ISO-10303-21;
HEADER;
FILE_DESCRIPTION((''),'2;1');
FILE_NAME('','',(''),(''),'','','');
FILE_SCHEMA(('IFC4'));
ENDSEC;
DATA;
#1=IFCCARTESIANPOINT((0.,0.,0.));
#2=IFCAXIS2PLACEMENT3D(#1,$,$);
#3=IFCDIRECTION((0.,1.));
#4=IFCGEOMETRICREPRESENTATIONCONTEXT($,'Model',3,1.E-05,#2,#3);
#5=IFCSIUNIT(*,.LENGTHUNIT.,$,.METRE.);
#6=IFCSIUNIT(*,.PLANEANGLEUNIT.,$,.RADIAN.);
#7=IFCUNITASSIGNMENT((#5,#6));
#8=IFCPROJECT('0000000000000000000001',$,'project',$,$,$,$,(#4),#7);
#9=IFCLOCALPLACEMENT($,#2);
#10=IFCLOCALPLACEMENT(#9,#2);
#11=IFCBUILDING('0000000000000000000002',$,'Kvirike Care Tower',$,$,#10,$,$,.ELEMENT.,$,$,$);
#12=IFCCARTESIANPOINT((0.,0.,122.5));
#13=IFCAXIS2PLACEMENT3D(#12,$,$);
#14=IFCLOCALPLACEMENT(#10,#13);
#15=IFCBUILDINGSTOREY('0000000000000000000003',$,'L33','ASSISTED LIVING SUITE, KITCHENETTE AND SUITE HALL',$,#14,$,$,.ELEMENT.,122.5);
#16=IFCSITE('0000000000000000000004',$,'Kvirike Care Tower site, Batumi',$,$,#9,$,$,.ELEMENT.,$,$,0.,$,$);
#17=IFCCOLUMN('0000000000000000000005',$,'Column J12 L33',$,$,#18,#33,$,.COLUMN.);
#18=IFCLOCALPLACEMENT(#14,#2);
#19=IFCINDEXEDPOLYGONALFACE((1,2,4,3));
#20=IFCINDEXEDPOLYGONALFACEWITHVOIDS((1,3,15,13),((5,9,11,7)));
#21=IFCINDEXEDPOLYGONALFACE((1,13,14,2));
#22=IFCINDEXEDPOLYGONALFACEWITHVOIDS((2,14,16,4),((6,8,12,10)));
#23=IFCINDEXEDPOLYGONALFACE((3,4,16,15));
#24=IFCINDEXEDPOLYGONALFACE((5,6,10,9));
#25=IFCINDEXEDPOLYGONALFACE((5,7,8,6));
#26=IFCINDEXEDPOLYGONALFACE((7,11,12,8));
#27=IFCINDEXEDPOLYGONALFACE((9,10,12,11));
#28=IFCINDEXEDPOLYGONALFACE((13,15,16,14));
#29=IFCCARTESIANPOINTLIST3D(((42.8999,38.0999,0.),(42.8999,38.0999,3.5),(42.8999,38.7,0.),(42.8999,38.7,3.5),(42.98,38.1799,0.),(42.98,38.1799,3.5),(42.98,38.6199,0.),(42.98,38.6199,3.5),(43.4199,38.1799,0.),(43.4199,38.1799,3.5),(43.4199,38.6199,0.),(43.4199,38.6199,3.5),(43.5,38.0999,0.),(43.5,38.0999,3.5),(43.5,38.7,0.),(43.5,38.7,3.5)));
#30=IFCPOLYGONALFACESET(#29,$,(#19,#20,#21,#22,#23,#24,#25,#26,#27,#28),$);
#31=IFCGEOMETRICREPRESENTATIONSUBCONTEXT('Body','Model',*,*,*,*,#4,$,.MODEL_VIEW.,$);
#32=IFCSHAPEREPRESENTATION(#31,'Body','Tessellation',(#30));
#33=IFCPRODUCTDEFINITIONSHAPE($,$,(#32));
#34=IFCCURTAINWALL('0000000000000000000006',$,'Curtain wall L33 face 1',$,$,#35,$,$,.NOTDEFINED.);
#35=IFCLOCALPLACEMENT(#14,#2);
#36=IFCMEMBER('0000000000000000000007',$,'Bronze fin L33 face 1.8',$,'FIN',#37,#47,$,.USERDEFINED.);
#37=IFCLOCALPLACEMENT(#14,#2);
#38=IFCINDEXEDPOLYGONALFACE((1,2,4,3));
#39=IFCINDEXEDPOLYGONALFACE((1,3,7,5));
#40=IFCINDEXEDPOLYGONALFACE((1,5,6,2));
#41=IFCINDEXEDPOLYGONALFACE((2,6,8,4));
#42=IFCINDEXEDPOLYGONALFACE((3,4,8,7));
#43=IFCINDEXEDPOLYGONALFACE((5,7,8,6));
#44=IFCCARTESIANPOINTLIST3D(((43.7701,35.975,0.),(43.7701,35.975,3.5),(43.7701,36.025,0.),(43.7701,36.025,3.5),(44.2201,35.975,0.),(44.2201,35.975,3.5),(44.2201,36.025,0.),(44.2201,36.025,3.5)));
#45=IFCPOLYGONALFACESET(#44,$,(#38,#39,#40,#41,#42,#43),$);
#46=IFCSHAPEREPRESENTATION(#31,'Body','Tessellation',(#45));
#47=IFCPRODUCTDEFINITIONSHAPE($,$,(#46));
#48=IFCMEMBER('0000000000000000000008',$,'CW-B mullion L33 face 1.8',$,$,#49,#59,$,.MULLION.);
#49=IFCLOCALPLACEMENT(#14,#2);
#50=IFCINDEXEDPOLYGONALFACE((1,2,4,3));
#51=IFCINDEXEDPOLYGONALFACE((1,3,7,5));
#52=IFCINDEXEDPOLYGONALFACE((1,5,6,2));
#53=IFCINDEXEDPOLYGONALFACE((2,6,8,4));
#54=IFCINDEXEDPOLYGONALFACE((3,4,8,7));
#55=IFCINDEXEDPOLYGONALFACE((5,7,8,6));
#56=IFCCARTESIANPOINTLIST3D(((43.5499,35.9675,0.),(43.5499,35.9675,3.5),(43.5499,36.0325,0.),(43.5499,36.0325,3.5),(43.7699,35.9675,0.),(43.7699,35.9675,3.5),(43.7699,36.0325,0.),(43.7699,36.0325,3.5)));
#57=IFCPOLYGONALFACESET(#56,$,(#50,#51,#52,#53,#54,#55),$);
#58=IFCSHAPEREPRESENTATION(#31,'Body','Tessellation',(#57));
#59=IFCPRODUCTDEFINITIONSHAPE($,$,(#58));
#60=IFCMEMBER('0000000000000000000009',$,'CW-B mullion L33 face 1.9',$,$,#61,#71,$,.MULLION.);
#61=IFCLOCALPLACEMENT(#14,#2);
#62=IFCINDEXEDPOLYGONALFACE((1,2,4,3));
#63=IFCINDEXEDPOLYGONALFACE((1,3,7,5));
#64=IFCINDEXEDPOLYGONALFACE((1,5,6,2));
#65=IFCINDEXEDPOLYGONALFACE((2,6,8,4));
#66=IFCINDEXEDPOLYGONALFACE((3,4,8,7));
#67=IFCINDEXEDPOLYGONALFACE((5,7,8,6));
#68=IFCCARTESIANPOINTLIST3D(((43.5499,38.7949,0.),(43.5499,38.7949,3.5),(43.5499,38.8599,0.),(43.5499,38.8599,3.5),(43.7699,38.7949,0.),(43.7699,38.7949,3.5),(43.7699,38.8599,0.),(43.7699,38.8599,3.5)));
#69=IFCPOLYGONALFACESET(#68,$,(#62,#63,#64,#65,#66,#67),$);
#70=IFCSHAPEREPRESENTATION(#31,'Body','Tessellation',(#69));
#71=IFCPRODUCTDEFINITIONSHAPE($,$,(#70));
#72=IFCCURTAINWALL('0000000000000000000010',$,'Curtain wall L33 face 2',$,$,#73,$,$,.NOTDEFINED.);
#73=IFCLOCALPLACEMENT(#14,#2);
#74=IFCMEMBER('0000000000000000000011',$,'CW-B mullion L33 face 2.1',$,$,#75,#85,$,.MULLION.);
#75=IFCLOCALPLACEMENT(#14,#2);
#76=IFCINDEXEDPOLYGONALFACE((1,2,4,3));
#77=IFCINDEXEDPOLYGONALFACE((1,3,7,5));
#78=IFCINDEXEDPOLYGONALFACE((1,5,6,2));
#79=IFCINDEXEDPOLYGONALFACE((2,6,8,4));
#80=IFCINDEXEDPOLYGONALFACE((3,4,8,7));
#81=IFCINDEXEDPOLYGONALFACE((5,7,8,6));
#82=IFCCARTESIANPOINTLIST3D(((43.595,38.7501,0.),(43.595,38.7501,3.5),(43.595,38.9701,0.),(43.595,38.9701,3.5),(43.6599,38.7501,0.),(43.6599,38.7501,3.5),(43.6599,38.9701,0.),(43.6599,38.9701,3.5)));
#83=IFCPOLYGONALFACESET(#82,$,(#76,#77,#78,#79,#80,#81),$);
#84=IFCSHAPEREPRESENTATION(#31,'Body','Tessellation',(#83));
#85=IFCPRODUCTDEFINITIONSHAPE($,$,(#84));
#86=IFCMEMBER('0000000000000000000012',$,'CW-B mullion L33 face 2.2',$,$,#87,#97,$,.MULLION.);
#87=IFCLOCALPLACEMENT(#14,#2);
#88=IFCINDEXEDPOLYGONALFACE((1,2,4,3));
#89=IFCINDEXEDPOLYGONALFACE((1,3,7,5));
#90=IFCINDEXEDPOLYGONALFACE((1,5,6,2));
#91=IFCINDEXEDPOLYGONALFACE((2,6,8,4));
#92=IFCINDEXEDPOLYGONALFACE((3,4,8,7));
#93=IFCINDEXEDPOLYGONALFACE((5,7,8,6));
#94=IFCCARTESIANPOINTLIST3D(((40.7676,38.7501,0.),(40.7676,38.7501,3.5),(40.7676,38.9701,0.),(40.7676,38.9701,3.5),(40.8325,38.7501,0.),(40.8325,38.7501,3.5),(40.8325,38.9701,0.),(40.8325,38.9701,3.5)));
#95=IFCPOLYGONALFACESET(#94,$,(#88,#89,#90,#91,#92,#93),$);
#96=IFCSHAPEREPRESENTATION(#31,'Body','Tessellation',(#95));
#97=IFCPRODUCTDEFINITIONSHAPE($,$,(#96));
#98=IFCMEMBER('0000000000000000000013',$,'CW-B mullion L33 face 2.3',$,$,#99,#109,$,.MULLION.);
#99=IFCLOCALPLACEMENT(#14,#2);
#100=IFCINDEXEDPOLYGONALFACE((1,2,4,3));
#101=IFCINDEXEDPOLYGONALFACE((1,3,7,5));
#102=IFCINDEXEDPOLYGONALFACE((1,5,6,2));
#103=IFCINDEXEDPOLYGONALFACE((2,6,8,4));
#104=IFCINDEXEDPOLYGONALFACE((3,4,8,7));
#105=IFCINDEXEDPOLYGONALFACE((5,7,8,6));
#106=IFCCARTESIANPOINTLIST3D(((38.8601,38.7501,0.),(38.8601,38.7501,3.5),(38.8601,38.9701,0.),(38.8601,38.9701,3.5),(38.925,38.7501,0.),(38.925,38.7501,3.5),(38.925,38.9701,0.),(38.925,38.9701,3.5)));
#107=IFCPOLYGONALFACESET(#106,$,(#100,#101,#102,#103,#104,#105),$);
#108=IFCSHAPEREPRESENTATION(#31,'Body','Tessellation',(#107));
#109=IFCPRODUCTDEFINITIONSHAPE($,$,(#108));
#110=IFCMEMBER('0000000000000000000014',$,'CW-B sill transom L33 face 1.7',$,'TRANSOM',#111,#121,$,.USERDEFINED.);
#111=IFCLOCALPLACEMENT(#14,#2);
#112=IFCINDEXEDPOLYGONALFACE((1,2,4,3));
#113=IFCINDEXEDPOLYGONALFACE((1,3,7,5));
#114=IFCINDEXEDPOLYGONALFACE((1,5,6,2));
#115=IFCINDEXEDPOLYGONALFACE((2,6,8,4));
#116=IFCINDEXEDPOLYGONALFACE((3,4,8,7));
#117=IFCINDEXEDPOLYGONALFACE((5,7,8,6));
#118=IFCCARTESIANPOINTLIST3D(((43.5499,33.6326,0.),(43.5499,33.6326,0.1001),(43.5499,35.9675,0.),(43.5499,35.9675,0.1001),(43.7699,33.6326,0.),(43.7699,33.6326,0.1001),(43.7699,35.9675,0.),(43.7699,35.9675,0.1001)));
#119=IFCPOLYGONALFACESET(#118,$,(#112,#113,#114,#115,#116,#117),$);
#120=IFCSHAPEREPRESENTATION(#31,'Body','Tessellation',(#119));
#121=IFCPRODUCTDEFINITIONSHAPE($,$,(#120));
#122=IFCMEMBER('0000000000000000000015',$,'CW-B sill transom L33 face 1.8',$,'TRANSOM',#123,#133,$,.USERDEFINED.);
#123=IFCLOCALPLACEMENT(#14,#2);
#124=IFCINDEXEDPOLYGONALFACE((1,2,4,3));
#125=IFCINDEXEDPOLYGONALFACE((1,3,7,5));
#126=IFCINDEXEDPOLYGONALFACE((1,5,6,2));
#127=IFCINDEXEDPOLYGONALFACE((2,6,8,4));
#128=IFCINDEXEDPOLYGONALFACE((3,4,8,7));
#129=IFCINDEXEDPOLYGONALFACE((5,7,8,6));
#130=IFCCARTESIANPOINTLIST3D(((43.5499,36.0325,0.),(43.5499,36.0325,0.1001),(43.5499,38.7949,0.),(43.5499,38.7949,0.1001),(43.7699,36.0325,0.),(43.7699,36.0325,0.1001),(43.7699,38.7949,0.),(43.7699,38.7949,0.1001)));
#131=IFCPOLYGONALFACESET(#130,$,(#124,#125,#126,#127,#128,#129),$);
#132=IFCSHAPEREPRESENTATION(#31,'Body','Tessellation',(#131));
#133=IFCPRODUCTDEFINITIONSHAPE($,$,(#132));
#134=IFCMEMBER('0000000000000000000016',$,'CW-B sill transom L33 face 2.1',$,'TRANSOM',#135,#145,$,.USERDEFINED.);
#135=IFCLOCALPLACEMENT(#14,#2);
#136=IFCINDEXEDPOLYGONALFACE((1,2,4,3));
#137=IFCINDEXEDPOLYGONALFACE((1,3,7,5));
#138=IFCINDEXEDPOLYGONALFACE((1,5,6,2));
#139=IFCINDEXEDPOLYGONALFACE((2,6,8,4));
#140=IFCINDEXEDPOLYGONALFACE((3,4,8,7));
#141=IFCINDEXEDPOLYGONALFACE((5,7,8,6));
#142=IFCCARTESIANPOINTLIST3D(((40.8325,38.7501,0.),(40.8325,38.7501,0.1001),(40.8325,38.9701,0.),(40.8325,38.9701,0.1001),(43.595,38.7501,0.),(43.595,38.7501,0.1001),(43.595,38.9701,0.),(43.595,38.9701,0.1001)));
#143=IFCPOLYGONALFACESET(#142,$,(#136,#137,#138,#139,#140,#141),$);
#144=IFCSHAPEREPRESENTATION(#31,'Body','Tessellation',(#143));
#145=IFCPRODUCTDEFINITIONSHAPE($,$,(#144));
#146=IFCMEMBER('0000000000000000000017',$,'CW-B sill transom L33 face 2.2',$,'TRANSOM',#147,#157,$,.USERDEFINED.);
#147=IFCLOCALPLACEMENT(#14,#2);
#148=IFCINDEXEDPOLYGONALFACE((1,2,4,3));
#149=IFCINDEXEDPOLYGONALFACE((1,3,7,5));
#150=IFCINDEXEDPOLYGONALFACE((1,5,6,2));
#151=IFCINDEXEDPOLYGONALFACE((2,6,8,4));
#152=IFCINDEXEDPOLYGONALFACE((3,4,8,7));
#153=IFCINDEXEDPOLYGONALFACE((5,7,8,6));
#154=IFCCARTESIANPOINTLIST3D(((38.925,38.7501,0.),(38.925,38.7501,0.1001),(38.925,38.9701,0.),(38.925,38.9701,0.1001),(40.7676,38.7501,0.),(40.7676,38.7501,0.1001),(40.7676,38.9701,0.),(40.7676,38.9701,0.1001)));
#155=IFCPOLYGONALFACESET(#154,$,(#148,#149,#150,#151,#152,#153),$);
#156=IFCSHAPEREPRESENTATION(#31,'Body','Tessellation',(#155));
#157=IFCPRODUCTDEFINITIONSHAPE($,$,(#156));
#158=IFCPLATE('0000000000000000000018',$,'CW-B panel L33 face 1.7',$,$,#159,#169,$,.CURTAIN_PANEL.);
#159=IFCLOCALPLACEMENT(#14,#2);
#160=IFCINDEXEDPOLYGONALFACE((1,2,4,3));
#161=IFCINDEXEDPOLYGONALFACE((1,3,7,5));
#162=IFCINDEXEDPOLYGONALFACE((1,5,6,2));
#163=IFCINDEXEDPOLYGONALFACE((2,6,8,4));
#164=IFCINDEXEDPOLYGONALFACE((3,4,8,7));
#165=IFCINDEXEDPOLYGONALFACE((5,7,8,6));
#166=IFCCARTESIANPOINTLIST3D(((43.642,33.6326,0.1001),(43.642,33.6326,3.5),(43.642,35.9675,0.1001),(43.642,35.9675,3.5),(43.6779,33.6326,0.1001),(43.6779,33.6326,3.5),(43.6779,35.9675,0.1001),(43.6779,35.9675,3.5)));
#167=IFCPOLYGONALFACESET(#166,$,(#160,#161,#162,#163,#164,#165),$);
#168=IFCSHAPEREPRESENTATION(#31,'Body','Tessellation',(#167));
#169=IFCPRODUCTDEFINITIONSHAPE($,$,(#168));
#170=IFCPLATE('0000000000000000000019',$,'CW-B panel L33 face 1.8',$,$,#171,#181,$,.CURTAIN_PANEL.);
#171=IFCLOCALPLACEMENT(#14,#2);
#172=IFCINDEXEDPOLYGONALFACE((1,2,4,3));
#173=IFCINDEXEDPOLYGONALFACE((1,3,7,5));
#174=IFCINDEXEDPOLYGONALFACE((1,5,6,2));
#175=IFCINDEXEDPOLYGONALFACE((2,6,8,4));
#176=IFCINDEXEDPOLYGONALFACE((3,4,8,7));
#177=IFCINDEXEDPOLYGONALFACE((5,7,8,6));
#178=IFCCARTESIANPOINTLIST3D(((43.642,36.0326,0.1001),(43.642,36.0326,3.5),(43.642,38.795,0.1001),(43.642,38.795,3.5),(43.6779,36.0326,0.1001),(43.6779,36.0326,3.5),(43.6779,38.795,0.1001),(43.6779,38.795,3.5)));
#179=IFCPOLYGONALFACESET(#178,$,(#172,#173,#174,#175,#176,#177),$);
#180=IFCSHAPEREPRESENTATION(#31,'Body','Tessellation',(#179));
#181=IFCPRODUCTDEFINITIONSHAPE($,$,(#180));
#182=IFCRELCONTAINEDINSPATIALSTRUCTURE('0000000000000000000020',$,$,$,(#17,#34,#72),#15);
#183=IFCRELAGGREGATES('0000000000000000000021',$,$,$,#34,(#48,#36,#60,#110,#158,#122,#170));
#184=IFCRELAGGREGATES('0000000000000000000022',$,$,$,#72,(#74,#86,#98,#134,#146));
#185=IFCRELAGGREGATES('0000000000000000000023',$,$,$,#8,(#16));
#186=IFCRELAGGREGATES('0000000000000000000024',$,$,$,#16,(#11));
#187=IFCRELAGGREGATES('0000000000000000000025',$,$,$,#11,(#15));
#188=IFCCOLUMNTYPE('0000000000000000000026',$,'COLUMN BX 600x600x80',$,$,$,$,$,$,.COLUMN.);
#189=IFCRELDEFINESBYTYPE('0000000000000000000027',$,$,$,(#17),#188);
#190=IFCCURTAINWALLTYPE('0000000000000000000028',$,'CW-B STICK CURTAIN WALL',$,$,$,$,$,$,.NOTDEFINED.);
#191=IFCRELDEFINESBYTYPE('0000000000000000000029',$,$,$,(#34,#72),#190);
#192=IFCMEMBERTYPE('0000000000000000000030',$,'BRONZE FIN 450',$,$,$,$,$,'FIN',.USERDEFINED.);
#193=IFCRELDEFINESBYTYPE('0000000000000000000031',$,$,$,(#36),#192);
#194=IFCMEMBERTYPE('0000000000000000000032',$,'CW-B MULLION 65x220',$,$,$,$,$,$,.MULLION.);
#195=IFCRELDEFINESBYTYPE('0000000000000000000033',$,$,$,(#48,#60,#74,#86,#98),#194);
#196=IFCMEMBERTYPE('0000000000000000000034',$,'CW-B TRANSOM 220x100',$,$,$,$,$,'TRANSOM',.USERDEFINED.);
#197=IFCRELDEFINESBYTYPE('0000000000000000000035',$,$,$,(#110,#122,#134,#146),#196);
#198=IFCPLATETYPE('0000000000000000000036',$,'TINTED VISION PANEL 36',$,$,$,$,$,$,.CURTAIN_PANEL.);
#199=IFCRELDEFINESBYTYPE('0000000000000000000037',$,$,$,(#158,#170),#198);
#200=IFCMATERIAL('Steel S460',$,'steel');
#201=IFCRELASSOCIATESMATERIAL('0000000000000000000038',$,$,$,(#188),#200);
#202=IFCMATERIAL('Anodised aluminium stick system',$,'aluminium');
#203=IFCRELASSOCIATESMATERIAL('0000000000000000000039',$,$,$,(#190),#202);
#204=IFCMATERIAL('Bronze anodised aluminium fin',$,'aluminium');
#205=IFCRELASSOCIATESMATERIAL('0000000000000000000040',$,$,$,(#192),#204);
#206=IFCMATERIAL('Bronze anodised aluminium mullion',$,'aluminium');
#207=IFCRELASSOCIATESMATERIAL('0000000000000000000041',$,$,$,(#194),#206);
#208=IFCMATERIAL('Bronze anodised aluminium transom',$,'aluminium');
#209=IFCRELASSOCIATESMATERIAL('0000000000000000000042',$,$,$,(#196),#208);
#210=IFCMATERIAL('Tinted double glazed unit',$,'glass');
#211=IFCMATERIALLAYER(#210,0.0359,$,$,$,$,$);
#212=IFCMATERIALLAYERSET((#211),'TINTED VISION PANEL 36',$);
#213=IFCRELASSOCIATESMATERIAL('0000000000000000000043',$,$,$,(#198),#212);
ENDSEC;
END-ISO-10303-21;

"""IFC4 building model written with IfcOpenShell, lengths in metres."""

from ifc_helpers import new_model, si_unit, direction, frame, origin, origin_2d, place, context, subcontext, project, spatial, rectangle, hollow_rectangle, extrude, material, layer, layer_set, material_profile, profile_set, type_object, element, aggregate, save


model = new_model("IFC4")

# Units and contexts
model_context = context("Model", 3, precision=1e-05, world=origin(), true_north=direction((0.0, 1.0)))
body_context = subcontext(model_context, "Body", "Model", "MODEL_VIEW")
ifc_project = project(units=[si_unit("LENGTHUNIT", "METRE"), si_unit("PLANEANGLEUNIT", "RADIAN")], contexts=[model_context])

# Site, building, storey
site_placement = place(None, origin())
site = spatial("IfcSite", under=ifc_project, at=site_placement, Name="Kvirike Care Tower site, Batumi", CompositionType="ELEMENT", RefElevation=0.0)
building_placement = place(site_placement, origin())
building = spatial("IfcBuilding", under=site, at=building_placement, Name="Kvirike Care Tower", CompositionType="ELEMENT")
storey_placement = place(building_placement, frame((0.0, 0.0, 122.5)))
storey = spatial("IfcBuildingStorey", under=building, at=storey_placement, Name="L33", Description="ASSISTED LIVING SUITE, KITCHENETTE AND SUITE HALL", CompositionType="ELEMENT", Elevation=122.5)

# Column
ifc_material_1 = material(Name="Steel S460", Category="steel")
ifc_material_profile_1 = material_profile(ifc_material_1, hollow_rectangle(XDim=0.6001, YDim=0.6001, WallThickness=0.0801, at=origin_2d()), Name="BX 600x600x80")
ifc_profile_set_1 = profile_set([ifc_material_profile_1], Name="Steel S460")
column_type = type_object("IfcColumnType", Name="COLUMN BX 600x600x80", PredefinedType="COLUMN", material=ifc_profile_set_1)
column_placement = place(storey_placement, frame((43.2, 38.3999, 0.0), z_axis=(0.0, 0.0, 1.0), x_axis=(0.0, 1.0, 0.0)))
element("IfcColumn", 1, at=column_placement, inside=storey, type_object=column_type, Name="Column J12 L33", PredefinedType="COLUMN", context=body_context, shape_type="SweptSolid", body=[
    extrude(hollow_rectangle(XDim=0.6001, YDim=0.6001, WallThickness=0.0801, at=origin_2d()), origin(), (0.0, 0.0, 1.0), 3.5),
])

# Curtain walls, members
ifc_material_2 = material(Name="Anodised aluminium stick system", Category="aluminium")
curtain_wall_type = type_object("IfcCurtainWallType", Name="CW-B STICK CURTAIN WALL", PredefinedType="NOTDEFINED", material=ifc_material_2)
curtain_wall_1_placement = place(storey_placement, origin())
curtain_wall_1 = element("IfcCurtainWall", 2, at=curtain_wall_1_placement, inside=storey, type_object=curtain_wall_type, Name="Curtain wall L33 face 1", PredefinedType="NOTDEFINED")
ifc_material_3 = material(Name="Bronze anodised aluminium fin", Category="aluminium")
ifc_material_profile_2 = material_profile(ifc_material_3, rectangle(XDim=0.05, YDim=0.45, at=origin_2d()), Name="BRONZE FIN 450")
ifc_profile_set_2 = profile_set([ifc_material_profile_2], Name="Bronze anodised aluminium fin")
member_type_1 = type_object("IfcMemberType", Name="BRONZE FIN 450", ElementType="FIN", PredefinedType="USERDEFINED", material=ifc_profile_set_2)
member_1_placement = place(storey_placement, frame((43.9951, 36.0, 0.0), z_axis=(0.0, 0.0, 1.0), x_axis=(0.0, 1.0, 0.0)))
member_1 = element("IfcMember", 3, at=member_1_placement, type_object=member_type_1, Name="Bronze fin L33 face 1.8", ObjectType="FIN", PredefinedType="USERDEFINED", context=body_context, shape_type="SweptSolid", body=[
    extrude(rectangle(XDim=0.05, YDim=0.45, at=origin_2d()), origin(), (0.0, 0.0, 1.0), 3.5),
])
ifc_material_4 = material(Name="Bronze anodised aluminium mullion", Category="aluminium")
ifc_material_profile_3 = material_profile(ifc_material_4, rectangle(XDim=0.0649, YDim=0.22, at=origin_2d()), Name="CW-B MULLION 65x220")
ifc_profile_set_3 = profile_set([ifc_material_profile_3], Name="Bronze anodised aluminium mullion")
member_type_2 = type_object("IfcMemberType", Name="CW-B MULLION 65x220", PredefinedType="MULLION", material=ifc_profile_set_3)
member_2_placement = place(storey_placement, frame((43.6599, 36.0, 0.0), z_axis=(0.0, 0.0, 1.0), x_axis=(0.0, 1.0, 0.0)))
member_2 = element("IfcMember", 4, at=member_2_placement, type_object=member_type_2, Name="CW-B mullion L33 face 1.8", PredefinedType="MULLION", context=body_context, shape_type="SweptSolid", body=[
    extrude(rectangle(XDim=0.0649, YDim=0.22, at=origin_2d()), origin(), (0.0, 0.0, 1.0), 3.5),
])
member_3_placement = place(storey_placement, frame((43.6599, 38.8274, 0.0), z_axis=(0.0, 0.0, 1.0), x_axis=(0.0, 1.0, 0.0)))
member_3 = element("IfcMember", 5, at=member_3_placement, type_object=member_type_2, Name="CW-B mullion L33 face 1.9", PredefinedType="MULLION", context=body_context, shape_type="SweptSolid", body=[
    extrude(rectangle(XDim=0.0649, YDim=0.22, at=origin_2d()), origin(), (0.0, 0.0, 1.0), 3.5),
])
curtain_wall_2_placement = place(storey_placement, origin())
curtain_wall_2 = element("IfcCurtainWall", 6, at=curtain_wall_2_placement, inside=storey, type_object=curtain_wall_type, Name="Curtain wall L33 face 2", PredefinedType="NOTDEFINED")
member_4_placement = place(storey_placement, frame((43.6274, 38.8601, 0.0), z_axis=(0.0, 0.0, 1.0), x_axis=(-1.0, 0.0, 0.0)))
member_4 = element("IfcMember", 7, at=member_4_placement, type_object=member_type_2, Name="CW-B mullion L33 face 2.1", PredefinedType="MULLION", context=body_context, shape_type="SweptSolid", body=[
    extrude(rectangle(XDim=0.0649, YDim=0.22, at=origin_2d()), origin(), (0.0, 0.0, 1.0), 3.5),
])
member_5_placement = place(storey_placement, frame((40.8, 38.8601, 0.0), z_axis=(0.0, 0.0, 1.0), x_axis=(-1.0, 0.0, 0.0)))
member_5 = element("IfcMember", 8, at=member_5_placement, type_object=member_type_2, Name="CW-B mullion L33 face 2.2", PredefinedType="MULLION", context=body_context, shape_type="SweptSolid", body=[
    extrude(rectangle(XDim=0.0649, YDim=0.22, at=origin_2d()), origin(), (0.0, 0.0, 1.0), 3.5),
])
member_6_placement = place(storey_placement, frame((38.8926, 38.8601, 0.0), z_axis=(0.0, 0.0, 1.0), x_axis=(-1.0, 0.0, 0.0)))
member_6 = element("IfcMember", 9, at=member_6_placement, type_object=member_type_2, Name="CW-B mullion L33 face 2.3", PredefinedType="MULLION", context=body_context, shape_type="SweptSolid", body=[
    extrude(rectangle(XDim=0.0649, YDim=0.22, at=origin_2d()), origin(), (0.0, 0.0, 1.0), 3.5),
])

# Members
ifc_material_5 = material(Name="Bronze anodised aluminium transom", Category="aluminium")
ifc_material_profile_4 = material_profile(ifc_material_5, rectangle(XDim=0.22, YDim=0.1001, at=origin_2d()), Name="CW-B TRANSOM 220x100")
ifc_profile_set_4 = profile_set([ifc_material_profile_4], Name="Bronze anodised aluminium transom")
member_type_3 = type_object("IfcMemberType", Name="CW-B TRANSOM 220x100", ElementType="TRANSOM", PredefinedType="USERDEFINED", material=ifc_profile_set_4)
member_7_placement = place(storey_placement, frame((43.6599, 33.6326, 0.05), z_axis=(0.0, 1.0, 0.0), x_axis=(-1.0, 0.0, 0.0)))
member_7 = element("IfcMember", 10, at=member_7_placement, type_object=member_type_3, Name="CW-B sill transom L33 face 1.7", ObjectType="TRANSOM", PredefinedType="USERDEFINED", context=body_context, shape_type="SweptSolid", body=[
    extrude(rectangle(XDim=0.22, YDim=0.1001, at=origin_2d()), origin(), (0.0, 0.0, 1.0), 2.335),
])
member_8_placement = place(storey_placement, frame((43.6599, 36.0325, 0.05), z_axis=(0.0, 1.0, 0.0), x_axis=(-1.0, 0.0, 0.0)))
member_8 = element("IfcMember", 11, at=member_8_placement, type_object=member_type_3, Name="CW-B sill transom L33 face 1.8", ObjectType="TRANSOM", PredefinedType="USERDEFINED", context=body_context, shape_type="SweptSolid", body=[
    extrude(rectangle(XDim=0.22, YDim=0.1001, at=origin_2d()), origin(), (0.0, 0.0, 1.0), 2.7625),
])
member_9_placement = place(storey_placement, frame((43.595, 38.8601, 0.05), z_axis=(-1.0, 0.0, 0.0), x_axis=(0.0, -1.0, 0.0)))
member_9 = element("IfcMember", 12, at=member_9_placement, type_object=member_type_3, Name="CW-B sill transom L33 face 2.1", ObjectType="TRANSOM", PredefinedType="USERDEFINED", context=body_context, shape_type="SweptSolid", body=[
    extrude(rectangle(XDim=0.22, YDim=0.1001, at=origin_2d()), origin(), (0.0, 0.0, 1.0), 2.7625),
])
member_10_placement = place(storey_placement, frame((40.7676, 38.8601, 0.05), z_axis=(-1.0, 0.0, 0.0), x_axis=(0.0, -1.0, 0.0)))
member_10 = element("IfcMember", 13, at=member_10_placement, type_object=member_type_3, Name="CW-B sill transom L33 face 2.2", ObjectType="TRANSOM", PredefinedType="USERDEFINED", context=body_context, shape_type="SweptSolid", body=[
    extrude(rectangle(XDim=0.22, YDim=0.1001, at=origin_2d()), origin(), (0.0, 0.0, 1.0), 1.8425),
])

# Plates
ifc_material_6 = material(Name="Tinted double glazed unit", Category="glass")
ifc_layer_1 = layer(ifc_material_6, 0.0359)
ifc_layer_set_1 = layer_set([ifc_layer_1], Name="TINTED VISION PANEL 36")
plate_type = type_object("IfcPlateType", Name="TINTED VISION PANEL 36", PredefinedType="CURTAIN_PANEL", material=ifc_layer_set_1)
plate_1_placement = place(storey_placement, frame((43.6599, 34.8, 0.1001), z_axis=(0.0, 0.0, 1.0), x_axis=(0.0, 1.0, 0.0)))
plate_1 = element("IfcPlate", 14, at=plate_1_placement, type_object=plate_type, Name="CW-B panel L33 face 1.7", PredefinedType="CURTAIN_PANEL", context=body_context, shape_type="SweptSolid", body=[
    extrude(rectangle(XDim=2.335, YDim=0.0359, at=origin_2d()), origin(), (0.0, 0.0, 1.0), 3.3999),
])
plate_2_placement = place(storey_placement, frame((43.6599, 37.4138, 0.1001), z_axis=(0.0, 0.0, 1.0), x_axis=(0.0, 1.0, 0.0)))
plate_2 = element("IfcPlate", 15, at=plate_2_placement, type_object=plate_type, Name="CW-B panel L33 face 1.8", PredefinedType="CURTAIN_PANEL", context=body_context, shape_type="SweptSolid", body=[
    extrude(rectangle(XDim=2.7625, YDim=0.0359, at=origin_2d()), origin(), (0.0, 0.0, 1.0), 3.3999),
])
aggregate(curtain_wall_1, [member_2, member_1, member_3, member_7, plate_1, member_8, plate_2])
aggregate(curtain_wall_2, [member_4, member_5, member_6, member_9, member_10])

save(model, "model.ifc")
